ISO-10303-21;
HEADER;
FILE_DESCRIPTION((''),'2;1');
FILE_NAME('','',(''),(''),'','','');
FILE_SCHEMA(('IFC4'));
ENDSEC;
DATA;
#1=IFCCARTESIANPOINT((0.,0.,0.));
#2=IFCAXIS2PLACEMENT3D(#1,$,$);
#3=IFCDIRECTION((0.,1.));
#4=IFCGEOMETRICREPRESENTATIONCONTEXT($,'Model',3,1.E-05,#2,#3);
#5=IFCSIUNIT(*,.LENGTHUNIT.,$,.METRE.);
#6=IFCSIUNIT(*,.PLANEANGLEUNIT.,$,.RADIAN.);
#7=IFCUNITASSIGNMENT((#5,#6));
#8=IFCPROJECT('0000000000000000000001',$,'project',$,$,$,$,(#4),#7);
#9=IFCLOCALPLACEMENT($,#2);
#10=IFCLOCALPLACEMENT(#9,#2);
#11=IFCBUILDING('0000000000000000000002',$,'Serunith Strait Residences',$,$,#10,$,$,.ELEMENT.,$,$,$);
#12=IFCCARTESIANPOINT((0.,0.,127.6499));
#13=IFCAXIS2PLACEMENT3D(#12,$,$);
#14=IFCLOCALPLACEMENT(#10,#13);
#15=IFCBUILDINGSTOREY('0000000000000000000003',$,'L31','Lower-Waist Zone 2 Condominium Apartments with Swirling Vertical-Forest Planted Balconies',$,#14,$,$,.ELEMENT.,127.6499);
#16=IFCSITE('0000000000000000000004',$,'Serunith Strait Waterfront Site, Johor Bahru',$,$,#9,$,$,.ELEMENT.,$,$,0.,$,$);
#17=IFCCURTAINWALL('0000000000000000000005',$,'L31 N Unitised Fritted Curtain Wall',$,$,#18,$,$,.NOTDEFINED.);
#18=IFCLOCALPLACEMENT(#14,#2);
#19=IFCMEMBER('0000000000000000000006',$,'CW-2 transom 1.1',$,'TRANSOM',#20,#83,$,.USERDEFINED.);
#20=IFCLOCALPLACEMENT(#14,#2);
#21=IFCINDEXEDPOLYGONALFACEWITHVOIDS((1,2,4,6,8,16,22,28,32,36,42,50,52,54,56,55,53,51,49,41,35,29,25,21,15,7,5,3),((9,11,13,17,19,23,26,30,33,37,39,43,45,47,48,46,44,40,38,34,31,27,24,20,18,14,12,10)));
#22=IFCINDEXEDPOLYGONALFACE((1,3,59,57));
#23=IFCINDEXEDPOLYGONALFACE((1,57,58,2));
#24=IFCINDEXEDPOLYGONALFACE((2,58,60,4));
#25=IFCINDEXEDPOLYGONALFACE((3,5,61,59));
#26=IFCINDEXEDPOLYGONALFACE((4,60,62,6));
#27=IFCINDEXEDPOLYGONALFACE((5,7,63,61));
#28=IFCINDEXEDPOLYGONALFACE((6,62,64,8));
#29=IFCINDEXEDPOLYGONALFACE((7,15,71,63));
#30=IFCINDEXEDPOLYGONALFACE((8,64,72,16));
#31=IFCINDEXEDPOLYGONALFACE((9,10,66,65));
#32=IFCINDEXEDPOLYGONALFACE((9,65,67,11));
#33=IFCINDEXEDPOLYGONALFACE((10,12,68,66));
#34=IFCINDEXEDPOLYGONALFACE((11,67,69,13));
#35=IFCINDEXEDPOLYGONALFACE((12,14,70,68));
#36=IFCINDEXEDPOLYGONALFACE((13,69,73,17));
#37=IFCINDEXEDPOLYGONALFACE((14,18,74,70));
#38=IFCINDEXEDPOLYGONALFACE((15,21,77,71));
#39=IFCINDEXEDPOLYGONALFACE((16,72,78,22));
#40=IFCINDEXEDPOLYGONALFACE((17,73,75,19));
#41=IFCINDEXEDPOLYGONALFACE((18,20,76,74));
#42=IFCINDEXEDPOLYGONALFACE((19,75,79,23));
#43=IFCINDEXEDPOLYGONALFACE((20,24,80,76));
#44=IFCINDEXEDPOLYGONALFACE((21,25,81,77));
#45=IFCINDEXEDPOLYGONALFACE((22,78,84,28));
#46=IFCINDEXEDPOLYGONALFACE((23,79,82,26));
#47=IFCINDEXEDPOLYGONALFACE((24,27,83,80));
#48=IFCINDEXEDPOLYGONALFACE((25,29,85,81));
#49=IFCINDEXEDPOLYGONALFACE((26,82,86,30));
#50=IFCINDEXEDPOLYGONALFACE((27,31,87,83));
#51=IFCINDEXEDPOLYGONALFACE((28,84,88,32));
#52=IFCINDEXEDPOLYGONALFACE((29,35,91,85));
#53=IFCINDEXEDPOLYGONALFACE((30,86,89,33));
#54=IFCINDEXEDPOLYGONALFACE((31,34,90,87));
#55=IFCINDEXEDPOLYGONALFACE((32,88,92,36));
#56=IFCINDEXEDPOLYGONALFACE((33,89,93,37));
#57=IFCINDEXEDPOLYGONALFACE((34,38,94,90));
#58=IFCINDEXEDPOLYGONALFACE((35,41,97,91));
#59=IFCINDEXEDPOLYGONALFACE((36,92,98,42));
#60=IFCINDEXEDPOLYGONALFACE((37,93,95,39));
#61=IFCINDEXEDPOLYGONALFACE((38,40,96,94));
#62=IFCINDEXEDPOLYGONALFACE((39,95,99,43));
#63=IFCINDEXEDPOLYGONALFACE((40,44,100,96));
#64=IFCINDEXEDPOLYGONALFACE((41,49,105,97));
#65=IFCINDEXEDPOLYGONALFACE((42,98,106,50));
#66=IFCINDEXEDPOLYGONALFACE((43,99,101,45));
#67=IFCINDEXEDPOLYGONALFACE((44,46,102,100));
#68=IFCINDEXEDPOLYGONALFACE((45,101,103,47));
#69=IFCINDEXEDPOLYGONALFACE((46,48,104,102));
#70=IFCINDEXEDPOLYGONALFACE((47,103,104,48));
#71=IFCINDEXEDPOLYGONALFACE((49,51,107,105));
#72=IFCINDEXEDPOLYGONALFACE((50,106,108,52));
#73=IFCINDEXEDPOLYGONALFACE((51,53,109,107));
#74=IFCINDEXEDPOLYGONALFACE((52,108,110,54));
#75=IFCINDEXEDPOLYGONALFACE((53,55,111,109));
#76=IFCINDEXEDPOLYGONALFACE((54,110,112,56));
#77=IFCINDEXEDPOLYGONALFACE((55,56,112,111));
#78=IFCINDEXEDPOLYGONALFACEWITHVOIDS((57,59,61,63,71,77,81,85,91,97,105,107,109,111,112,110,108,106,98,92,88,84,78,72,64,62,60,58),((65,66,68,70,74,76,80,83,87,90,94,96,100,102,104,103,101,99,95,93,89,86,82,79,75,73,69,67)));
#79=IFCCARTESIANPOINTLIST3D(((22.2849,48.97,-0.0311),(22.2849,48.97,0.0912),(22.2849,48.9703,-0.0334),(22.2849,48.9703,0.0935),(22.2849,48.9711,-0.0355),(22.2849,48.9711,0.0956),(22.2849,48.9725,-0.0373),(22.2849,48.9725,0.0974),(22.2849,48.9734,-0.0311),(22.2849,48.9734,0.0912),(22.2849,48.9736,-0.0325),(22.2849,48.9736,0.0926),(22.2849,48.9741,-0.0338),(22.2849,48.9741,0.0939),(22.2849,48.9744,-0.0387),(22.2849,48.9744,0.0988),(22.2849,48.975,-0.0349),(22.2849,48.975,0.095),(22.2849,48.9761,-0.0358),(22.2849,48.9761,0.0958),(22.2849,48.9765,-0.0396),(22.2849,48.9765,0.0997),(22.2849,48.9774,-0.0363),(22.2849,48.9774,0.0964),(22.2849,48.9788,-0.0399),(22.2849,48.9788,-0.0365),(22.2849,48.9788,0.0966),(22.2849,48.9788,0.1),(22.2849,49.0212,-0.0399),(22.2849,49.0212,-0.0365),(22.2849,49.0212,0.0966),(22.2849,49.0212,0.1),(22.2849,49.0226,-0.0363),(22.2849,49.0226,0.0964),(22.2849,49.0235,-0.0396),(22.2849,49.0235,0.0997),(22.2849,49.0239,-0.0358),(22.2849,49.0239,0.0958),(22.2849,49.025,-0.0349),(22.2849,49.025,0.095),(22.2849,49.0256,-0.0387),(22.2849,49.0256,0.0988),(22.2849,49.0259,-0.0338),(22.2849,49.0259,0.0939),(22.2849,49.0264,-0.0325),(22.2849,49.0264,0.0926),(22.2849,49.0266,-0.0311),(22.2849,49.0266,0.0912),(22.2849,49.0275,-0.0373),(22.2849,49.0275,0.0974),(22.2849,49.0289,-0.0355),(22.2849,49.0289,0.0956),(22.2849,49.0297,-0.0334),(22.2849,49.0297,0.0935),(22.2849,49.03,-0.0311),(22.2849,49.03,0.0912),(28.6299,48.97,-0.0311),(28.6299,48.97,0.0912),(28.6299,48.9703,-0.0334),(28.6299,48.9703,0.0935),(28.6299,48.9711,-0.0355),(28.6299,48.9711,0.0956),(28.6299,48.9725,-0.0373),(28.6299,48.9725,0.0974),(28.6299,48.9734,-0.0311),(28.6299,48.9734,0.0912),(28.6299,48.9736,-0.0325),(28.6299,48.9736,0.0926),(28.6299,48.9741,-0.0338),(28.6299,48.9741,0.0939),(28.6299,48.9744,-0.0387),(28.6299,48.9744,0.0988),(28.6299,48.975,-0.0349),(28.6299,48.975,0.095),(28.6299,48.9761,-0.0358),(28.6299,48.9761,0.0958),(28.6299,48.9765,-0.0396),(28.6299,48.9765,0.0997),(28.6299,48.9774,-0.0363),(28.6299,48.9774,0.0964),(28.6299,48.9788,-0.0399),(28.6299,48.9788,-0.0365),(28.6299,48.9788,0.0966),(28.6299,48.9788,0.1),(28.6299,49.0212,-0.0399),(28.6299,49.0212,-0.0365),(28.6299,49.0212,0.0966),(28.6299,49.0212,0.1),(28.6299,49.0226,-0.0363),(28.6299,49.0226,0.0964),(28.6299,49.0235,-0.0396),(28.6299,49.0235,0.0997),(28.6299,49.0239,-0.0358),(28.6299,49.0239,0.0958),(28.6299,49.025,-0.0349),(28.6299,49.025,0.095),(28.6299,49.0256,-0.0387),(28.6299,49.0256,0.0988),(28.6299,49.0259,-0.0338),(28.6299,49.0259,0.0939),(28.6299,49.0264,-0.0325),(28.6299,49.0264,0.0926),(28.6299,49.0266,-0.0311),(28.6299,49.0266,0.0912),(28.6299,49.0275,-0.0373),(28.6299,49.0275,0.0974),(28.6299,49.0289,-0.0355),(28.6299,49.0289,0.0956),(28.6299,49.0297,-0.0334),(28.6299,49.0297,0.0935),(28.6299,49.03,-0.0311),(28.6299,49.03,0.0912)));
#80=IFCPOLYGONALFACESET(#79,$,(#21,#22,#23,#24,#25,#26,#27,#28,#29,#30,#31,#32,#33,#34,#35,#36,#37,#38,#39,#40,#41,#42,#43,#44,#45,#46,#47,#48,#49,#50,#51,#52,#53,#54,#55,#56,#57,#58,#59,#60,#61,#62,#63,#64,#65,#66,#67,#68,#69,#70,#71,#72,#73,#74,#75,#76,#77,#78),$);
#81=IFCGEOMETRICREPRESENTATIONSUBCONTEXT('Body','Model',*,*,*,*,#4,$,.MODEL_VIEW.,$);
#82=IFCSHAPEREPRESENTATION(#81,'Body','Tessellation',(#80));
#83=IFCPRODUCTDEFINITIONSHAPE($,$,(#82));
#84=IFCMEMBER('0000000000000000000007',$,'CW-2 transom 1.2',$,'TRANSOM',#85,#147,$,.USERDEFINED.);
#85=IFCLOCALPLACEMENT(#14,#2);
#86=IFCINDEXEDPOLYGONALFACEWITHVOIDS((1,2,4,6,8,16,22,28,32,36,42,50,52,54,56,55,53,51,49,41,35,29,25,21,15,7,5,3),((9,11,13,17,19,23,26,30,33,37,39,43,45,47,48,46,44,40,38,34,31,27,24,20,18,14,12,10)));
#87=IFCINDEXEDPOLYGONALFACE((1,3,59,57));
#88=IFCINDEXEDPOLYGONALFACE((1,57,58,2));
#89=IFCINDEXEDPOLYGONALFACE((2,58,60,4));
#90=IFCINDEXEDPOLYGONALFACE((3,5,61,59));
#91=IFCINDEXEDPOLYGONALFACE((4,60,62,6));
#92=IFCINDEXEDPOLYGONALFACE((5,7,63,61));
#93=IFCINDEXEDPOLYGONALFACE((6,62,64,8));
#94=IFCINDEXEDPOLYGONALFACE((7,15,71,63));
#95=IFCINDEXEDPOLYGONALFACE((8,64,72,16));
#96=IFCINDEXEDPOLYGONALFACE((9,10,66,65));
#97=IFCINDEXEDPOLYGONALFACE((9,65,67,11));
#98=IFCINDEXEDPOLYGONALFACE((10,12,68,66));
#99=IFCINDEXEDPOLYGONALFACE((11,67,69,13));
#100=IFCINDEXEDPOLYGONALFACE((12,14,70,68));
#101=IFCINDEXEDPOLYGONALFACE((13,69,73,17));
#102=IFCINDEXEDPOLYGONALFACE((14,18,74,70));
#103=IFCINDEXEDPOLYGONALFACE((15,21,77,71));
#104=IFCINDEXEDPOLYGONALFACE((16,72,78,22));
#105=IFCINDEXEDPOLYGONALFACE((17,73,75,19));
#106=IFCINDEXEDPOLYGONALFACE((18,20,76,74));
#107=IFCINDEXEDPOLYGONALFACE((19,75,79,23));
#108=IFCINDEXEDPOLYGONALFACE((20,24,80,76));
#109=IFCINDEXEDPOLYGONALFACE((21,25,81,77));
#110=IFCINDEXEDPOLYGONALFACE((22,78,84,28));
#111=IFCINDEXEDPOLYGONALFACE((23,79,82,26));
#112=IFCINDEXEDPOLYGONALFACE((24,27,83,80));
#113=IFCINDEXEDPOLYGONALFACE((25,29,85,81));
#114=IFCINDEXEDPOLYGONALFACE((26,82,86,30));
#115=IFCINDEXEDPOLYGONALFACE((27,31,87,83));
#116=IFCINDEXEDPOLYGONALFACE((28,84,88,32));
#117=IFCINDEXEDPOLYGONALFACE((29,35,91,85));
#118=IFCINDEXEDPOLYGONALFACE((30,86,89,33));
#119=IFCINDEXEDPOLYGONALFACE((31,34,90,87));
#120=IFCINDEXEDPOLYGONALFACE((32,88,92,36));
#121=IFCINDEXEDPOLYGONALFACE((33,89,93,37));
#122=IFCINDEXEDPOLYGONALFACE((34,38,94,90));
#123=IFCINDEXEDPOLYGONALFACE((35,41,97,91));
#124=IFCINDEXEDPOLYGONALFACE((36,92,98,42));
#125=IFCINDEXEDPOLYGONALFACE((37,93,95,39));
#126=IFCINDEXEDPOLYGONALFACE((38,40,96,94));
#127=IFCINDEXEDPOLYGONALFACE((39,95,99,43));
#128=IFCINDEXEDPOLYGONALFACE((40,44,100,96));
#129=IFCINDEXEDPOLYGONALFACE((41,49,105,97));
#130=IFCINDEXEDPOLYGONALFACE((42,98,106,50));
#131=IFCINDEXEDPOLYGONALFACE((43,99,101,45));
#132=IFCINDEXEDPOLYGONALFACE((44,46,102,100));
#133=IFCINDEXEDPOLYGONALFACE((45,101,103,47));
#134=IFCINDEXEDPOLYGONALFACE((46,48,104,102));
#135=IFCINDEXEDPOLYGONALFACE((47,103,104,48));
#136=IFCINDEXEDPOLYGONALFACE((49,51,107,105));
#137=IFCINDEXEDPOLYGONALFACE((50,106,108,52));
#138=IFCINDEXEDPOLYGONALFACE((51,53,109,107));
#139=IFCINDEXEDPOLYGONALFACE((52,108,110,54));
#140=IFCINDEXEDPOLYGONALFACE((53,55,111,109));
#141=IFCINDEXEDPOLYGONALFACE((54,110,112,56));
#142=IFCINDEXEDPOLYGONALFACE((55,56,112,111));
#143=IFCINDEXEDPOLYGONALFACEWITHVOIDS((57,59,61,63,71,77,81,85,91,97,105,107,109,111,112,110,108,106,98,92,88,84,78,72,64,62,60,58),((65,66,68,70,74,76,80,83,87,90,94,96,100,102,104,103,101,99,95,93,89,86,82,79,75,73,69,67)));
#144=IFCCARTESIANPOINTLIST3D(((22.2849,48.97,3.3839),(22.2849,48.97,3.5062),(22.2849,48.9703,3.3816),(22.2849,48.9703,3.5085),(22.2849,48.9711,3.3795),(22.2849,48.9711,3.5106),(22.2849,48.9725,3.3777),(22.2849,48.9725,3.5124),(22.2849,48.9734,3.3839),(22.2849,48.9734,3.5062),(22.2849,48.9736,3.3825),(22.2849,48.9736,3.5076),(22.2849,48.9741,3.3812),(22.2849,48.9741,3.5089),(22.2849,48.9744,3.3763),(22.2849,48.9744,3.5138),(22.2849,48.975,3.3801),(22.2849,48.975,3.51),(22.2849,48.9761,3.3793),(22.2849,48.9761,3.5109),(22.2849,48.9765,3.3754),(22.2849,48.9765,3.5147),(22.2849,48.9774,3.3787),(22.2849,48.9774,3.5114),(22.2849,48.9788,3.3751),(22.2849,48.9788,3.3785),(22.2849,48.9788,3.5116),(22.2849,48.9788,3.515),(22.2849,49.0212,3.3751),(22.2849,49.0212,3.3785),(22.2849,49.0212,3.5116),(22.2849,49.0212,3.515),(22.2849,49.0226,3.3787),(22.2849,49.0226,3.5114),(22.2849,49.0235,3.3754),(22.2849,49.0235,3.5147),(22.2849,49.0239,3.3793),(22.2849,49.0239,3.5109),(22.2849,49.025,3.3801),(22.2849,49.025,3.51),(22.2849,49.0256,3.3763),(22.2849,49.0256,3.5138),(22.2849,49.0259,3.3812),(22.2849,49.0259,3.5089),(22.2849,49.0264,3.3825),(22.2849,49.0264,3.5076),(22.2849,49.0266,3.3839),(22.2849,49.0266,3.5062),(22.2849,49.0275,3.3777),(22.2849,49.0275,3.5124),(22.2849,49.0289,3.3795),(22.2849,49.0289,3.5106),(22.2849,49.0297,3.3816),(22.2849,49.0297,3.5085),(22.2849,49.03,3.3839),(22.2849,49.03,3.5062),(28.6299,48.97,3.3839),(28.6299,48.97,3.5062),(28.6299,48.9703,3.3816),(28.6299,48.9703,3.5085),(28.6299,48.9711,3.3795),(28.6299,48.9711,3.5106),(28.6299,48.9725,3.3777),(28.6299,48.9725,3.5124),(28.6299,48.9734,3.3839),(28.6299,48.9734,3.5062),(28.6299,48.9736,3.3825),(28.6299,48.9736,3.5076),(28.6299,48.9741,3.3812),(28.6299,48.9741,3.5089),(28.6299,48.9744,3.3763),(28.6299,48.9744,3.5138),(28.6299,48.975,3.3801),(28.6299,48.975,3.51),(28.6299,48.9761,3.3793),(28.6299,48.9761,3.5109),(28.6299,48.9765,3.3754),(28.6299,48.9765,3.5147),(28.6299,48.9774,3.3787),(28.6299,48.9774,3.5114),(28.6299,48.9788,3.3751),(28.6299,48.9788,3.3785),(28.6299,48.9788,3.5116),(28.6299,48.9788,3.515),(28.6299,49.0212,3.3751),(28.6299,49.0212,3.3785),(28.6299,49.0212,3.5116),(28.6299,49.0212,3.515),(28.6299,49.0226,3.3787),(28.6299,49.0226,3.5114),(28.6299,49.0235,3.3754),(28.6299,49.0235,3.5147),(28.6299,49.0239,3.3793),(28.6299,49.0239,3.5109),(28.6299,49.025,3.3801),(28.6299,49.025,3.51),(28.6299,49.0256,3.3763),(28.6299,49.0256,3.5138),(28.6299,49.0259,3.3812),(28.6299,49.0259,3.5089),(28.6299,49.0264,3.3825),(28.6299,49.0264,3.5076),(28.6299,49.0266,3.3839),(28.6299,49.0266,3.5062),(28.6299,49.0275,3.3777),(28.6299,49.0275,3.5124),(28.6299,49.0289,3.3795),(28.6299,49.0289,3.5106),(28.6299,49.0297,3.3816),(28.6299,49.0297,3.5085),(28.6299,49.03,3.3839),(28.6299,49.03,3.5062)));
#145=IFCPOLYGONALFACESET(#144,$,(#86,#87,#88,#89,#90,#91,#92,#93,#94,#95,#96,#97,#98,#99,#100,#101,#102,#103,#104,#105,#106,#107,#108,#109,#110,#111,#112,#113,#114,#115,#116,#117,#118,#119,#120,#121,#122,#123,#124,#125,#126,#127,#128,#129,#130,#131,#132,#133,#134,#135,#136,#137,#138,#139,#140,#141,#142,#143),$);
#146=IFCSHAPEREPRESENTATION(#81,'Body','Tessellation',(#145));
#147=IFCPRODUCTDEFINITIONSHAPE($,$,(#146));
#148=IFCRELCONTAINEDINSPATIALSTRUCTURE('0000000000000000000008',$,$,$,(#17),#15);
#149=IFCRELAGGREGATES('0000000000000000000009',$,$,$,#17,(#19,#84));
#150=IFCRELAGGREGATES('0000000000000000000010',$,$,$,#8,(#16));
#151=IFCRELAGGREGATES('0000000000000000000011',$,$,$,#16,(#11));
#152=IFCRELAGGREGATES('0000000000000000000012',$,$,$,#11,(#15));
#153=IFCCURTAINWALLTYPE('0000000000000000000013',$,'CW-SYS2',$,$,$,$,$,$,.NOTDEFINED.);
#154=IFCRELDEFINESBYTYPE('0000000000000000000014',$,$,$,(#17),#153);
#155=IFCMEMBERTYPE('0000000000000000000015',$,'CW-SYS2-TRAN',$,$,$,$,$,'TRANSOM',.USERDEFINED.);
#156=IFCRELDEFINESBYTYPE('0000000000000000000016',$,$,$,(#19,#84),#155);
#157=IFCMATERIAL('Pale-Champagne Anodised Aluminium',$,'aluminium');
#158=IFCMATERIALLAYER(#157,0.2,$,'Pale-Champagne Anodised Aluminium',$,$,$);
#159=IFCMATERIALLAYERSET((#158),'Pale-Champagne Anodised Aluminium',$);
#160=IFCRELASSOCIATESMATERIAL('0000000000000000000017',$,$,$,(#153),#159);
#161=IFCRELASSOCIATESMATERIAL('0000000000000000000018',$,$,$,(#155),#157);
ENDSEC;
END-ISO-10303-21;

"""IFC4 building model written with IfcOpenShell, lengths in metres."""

from ifc_helpers import new_model, si_unit, direction, frame, origin, origin_2d, place, context, subcontext, project, spatial, hollow_rectangle, extrude, source, transform, mapped, material, layer, layer_set, material_profile, profile_set, type_object, element, aggregate, save


model = new_model("IFC4")

# Units and contexts
model_context = context("Model", 3, precision=1e-05, world=origin(), true_north=direction((0.0, 1.0)))
body_context = subcontext(model_context, "Body", "Model", "MODEL_VIEW")
ifc_project = project(units=[si_unit("LENGTHUNIT", "METRE"), si_unit("PLANEANGLEUNIT", "RADIAN")], contexts=[model_context])

# Site, building, storey
site_placement = place(None, origin())
site = spatial("IfcSite", under=ifc_project, at=site_placement, Name="Serunith Strait Waterfront Site, Johor Bahru", CompositionType="ELEMENT", RefElevation=0.0)
building_placement = place(site_placement, origin())
building = spatial("IfcBuilding", under=site, at=building_placement, Name="Serunith Strait Residences", CompositionType="ELEMENT")
storey_placement = place(building_placement, frame((0.0, 0.0, 127.6499)))
storey = spatial("IfcBuildingStorey", under=building, at=storey_placement, Name="L31", Description="Lower-Waist Zone 2 Condominium Apartments with Swirling Vertical-Forest Planted Balconies", CompositionType="ELEMENT", Elevation=127.6499)

# Curtain wall, members
ifc_material_1 = material(Name="Pale-Champagne Anodised Aluminium", Category="aluminium")
ifc_layer_1 = layer(ifc_material_1, 0.2, Name="Pale-Champagne Anodised Aluminium")
ifc_layer_set_1 = layer_set([ifc_layer_1], Name="Pale-Champagne Anodised Aluminium")
curtain_wall_type = type_object("IfcCurtainWallType", Name="CW-SYS2", PredefinedType="NOTDEFINED", material=ifc_layer_set_1)
curtain_wall_placement = place(storey_placement, origin())
curtain_wall = element("IfcCurtainWall", 1, at=curtain_wall_placement, inside=storey, type_object=curtain_wall_type, Name="L31 N Unitised Fritted Curtain Wall", PredefinedType="NOTDEFINED")
ifc_material_profile_1 = material_profile(ifc_material_1, hollow_rectangle(XDim=0.0601, YDim=0.1399, WallThickness=0.0034, InnerFilletRadius=0.0054, OuterFilletRadius=0.0088, at=origin_2d()), Name="ALU 140x60x3.5")
ifc_profile_set_1 = profile_set([ifc_material_profile_1], Name="Pale-Champagne Anodised Aluminium")
member_type_1 = type_object("IfcMemberType", Name="CW-SYS2-TRAN", ElementType="TRANSOM", PredefinedType="USERDEFINED", material=ifc_profile_set_1)
shared_shape_1 = source(origin(), body_context, "Body", "SweptSolid", [
    extrude(hollow_rectangle(XDim=0.0601, YDim=0.1399, WallThickness=0.0034, InnerFilletRadius=0.0054, OuterFilletRadius=0.0088, at=origin_2d()), origin(), (0.0, 0.0, 1.0), 6.345),
])
member_1_placement = place(storey_placement, frame((28.6299, 49.0, 0.03), z_axis=(-1.0, 0.0, 0.0), x_axis=(0.0, -1.0, 0.0)))
member_1 = element("IfcMember", 2, at=member_1_placement, type_object=member_type_1, Name="CW-2 transom 1.1", ObjectType="TRANSOM", PredefinedType="USERDEFINED", context=body_context, shape_type="MappedRepresentation", body=[
    mapped(shared_shape_1, transform((0.0, 0.0, 0.0), scale=1.0)),
])
member_2_placement = place(storey_placement, frame((28.6299, 49.0, 3.4451), z_axis=(-1.0, 0.0, 0.0), x_axis=(0.0, -1.0, 0.0)))
member_2 = element("IfcMember", 3, at=member_2_placement, type_object=member_type_1, Name="CW-2 transom 1.2", ObjectType="TRANSOM", PredefinedType="USERDEFINED", context=body_context, shape_type="MappedRepresentation", body=[
    mapped(shared_shape_1, transform((0.0, 0.0, 0.0), scale=1.0)),
])
aggregate(curtain_wall, [member_1, member_2])

save(model, "model.ifc")
